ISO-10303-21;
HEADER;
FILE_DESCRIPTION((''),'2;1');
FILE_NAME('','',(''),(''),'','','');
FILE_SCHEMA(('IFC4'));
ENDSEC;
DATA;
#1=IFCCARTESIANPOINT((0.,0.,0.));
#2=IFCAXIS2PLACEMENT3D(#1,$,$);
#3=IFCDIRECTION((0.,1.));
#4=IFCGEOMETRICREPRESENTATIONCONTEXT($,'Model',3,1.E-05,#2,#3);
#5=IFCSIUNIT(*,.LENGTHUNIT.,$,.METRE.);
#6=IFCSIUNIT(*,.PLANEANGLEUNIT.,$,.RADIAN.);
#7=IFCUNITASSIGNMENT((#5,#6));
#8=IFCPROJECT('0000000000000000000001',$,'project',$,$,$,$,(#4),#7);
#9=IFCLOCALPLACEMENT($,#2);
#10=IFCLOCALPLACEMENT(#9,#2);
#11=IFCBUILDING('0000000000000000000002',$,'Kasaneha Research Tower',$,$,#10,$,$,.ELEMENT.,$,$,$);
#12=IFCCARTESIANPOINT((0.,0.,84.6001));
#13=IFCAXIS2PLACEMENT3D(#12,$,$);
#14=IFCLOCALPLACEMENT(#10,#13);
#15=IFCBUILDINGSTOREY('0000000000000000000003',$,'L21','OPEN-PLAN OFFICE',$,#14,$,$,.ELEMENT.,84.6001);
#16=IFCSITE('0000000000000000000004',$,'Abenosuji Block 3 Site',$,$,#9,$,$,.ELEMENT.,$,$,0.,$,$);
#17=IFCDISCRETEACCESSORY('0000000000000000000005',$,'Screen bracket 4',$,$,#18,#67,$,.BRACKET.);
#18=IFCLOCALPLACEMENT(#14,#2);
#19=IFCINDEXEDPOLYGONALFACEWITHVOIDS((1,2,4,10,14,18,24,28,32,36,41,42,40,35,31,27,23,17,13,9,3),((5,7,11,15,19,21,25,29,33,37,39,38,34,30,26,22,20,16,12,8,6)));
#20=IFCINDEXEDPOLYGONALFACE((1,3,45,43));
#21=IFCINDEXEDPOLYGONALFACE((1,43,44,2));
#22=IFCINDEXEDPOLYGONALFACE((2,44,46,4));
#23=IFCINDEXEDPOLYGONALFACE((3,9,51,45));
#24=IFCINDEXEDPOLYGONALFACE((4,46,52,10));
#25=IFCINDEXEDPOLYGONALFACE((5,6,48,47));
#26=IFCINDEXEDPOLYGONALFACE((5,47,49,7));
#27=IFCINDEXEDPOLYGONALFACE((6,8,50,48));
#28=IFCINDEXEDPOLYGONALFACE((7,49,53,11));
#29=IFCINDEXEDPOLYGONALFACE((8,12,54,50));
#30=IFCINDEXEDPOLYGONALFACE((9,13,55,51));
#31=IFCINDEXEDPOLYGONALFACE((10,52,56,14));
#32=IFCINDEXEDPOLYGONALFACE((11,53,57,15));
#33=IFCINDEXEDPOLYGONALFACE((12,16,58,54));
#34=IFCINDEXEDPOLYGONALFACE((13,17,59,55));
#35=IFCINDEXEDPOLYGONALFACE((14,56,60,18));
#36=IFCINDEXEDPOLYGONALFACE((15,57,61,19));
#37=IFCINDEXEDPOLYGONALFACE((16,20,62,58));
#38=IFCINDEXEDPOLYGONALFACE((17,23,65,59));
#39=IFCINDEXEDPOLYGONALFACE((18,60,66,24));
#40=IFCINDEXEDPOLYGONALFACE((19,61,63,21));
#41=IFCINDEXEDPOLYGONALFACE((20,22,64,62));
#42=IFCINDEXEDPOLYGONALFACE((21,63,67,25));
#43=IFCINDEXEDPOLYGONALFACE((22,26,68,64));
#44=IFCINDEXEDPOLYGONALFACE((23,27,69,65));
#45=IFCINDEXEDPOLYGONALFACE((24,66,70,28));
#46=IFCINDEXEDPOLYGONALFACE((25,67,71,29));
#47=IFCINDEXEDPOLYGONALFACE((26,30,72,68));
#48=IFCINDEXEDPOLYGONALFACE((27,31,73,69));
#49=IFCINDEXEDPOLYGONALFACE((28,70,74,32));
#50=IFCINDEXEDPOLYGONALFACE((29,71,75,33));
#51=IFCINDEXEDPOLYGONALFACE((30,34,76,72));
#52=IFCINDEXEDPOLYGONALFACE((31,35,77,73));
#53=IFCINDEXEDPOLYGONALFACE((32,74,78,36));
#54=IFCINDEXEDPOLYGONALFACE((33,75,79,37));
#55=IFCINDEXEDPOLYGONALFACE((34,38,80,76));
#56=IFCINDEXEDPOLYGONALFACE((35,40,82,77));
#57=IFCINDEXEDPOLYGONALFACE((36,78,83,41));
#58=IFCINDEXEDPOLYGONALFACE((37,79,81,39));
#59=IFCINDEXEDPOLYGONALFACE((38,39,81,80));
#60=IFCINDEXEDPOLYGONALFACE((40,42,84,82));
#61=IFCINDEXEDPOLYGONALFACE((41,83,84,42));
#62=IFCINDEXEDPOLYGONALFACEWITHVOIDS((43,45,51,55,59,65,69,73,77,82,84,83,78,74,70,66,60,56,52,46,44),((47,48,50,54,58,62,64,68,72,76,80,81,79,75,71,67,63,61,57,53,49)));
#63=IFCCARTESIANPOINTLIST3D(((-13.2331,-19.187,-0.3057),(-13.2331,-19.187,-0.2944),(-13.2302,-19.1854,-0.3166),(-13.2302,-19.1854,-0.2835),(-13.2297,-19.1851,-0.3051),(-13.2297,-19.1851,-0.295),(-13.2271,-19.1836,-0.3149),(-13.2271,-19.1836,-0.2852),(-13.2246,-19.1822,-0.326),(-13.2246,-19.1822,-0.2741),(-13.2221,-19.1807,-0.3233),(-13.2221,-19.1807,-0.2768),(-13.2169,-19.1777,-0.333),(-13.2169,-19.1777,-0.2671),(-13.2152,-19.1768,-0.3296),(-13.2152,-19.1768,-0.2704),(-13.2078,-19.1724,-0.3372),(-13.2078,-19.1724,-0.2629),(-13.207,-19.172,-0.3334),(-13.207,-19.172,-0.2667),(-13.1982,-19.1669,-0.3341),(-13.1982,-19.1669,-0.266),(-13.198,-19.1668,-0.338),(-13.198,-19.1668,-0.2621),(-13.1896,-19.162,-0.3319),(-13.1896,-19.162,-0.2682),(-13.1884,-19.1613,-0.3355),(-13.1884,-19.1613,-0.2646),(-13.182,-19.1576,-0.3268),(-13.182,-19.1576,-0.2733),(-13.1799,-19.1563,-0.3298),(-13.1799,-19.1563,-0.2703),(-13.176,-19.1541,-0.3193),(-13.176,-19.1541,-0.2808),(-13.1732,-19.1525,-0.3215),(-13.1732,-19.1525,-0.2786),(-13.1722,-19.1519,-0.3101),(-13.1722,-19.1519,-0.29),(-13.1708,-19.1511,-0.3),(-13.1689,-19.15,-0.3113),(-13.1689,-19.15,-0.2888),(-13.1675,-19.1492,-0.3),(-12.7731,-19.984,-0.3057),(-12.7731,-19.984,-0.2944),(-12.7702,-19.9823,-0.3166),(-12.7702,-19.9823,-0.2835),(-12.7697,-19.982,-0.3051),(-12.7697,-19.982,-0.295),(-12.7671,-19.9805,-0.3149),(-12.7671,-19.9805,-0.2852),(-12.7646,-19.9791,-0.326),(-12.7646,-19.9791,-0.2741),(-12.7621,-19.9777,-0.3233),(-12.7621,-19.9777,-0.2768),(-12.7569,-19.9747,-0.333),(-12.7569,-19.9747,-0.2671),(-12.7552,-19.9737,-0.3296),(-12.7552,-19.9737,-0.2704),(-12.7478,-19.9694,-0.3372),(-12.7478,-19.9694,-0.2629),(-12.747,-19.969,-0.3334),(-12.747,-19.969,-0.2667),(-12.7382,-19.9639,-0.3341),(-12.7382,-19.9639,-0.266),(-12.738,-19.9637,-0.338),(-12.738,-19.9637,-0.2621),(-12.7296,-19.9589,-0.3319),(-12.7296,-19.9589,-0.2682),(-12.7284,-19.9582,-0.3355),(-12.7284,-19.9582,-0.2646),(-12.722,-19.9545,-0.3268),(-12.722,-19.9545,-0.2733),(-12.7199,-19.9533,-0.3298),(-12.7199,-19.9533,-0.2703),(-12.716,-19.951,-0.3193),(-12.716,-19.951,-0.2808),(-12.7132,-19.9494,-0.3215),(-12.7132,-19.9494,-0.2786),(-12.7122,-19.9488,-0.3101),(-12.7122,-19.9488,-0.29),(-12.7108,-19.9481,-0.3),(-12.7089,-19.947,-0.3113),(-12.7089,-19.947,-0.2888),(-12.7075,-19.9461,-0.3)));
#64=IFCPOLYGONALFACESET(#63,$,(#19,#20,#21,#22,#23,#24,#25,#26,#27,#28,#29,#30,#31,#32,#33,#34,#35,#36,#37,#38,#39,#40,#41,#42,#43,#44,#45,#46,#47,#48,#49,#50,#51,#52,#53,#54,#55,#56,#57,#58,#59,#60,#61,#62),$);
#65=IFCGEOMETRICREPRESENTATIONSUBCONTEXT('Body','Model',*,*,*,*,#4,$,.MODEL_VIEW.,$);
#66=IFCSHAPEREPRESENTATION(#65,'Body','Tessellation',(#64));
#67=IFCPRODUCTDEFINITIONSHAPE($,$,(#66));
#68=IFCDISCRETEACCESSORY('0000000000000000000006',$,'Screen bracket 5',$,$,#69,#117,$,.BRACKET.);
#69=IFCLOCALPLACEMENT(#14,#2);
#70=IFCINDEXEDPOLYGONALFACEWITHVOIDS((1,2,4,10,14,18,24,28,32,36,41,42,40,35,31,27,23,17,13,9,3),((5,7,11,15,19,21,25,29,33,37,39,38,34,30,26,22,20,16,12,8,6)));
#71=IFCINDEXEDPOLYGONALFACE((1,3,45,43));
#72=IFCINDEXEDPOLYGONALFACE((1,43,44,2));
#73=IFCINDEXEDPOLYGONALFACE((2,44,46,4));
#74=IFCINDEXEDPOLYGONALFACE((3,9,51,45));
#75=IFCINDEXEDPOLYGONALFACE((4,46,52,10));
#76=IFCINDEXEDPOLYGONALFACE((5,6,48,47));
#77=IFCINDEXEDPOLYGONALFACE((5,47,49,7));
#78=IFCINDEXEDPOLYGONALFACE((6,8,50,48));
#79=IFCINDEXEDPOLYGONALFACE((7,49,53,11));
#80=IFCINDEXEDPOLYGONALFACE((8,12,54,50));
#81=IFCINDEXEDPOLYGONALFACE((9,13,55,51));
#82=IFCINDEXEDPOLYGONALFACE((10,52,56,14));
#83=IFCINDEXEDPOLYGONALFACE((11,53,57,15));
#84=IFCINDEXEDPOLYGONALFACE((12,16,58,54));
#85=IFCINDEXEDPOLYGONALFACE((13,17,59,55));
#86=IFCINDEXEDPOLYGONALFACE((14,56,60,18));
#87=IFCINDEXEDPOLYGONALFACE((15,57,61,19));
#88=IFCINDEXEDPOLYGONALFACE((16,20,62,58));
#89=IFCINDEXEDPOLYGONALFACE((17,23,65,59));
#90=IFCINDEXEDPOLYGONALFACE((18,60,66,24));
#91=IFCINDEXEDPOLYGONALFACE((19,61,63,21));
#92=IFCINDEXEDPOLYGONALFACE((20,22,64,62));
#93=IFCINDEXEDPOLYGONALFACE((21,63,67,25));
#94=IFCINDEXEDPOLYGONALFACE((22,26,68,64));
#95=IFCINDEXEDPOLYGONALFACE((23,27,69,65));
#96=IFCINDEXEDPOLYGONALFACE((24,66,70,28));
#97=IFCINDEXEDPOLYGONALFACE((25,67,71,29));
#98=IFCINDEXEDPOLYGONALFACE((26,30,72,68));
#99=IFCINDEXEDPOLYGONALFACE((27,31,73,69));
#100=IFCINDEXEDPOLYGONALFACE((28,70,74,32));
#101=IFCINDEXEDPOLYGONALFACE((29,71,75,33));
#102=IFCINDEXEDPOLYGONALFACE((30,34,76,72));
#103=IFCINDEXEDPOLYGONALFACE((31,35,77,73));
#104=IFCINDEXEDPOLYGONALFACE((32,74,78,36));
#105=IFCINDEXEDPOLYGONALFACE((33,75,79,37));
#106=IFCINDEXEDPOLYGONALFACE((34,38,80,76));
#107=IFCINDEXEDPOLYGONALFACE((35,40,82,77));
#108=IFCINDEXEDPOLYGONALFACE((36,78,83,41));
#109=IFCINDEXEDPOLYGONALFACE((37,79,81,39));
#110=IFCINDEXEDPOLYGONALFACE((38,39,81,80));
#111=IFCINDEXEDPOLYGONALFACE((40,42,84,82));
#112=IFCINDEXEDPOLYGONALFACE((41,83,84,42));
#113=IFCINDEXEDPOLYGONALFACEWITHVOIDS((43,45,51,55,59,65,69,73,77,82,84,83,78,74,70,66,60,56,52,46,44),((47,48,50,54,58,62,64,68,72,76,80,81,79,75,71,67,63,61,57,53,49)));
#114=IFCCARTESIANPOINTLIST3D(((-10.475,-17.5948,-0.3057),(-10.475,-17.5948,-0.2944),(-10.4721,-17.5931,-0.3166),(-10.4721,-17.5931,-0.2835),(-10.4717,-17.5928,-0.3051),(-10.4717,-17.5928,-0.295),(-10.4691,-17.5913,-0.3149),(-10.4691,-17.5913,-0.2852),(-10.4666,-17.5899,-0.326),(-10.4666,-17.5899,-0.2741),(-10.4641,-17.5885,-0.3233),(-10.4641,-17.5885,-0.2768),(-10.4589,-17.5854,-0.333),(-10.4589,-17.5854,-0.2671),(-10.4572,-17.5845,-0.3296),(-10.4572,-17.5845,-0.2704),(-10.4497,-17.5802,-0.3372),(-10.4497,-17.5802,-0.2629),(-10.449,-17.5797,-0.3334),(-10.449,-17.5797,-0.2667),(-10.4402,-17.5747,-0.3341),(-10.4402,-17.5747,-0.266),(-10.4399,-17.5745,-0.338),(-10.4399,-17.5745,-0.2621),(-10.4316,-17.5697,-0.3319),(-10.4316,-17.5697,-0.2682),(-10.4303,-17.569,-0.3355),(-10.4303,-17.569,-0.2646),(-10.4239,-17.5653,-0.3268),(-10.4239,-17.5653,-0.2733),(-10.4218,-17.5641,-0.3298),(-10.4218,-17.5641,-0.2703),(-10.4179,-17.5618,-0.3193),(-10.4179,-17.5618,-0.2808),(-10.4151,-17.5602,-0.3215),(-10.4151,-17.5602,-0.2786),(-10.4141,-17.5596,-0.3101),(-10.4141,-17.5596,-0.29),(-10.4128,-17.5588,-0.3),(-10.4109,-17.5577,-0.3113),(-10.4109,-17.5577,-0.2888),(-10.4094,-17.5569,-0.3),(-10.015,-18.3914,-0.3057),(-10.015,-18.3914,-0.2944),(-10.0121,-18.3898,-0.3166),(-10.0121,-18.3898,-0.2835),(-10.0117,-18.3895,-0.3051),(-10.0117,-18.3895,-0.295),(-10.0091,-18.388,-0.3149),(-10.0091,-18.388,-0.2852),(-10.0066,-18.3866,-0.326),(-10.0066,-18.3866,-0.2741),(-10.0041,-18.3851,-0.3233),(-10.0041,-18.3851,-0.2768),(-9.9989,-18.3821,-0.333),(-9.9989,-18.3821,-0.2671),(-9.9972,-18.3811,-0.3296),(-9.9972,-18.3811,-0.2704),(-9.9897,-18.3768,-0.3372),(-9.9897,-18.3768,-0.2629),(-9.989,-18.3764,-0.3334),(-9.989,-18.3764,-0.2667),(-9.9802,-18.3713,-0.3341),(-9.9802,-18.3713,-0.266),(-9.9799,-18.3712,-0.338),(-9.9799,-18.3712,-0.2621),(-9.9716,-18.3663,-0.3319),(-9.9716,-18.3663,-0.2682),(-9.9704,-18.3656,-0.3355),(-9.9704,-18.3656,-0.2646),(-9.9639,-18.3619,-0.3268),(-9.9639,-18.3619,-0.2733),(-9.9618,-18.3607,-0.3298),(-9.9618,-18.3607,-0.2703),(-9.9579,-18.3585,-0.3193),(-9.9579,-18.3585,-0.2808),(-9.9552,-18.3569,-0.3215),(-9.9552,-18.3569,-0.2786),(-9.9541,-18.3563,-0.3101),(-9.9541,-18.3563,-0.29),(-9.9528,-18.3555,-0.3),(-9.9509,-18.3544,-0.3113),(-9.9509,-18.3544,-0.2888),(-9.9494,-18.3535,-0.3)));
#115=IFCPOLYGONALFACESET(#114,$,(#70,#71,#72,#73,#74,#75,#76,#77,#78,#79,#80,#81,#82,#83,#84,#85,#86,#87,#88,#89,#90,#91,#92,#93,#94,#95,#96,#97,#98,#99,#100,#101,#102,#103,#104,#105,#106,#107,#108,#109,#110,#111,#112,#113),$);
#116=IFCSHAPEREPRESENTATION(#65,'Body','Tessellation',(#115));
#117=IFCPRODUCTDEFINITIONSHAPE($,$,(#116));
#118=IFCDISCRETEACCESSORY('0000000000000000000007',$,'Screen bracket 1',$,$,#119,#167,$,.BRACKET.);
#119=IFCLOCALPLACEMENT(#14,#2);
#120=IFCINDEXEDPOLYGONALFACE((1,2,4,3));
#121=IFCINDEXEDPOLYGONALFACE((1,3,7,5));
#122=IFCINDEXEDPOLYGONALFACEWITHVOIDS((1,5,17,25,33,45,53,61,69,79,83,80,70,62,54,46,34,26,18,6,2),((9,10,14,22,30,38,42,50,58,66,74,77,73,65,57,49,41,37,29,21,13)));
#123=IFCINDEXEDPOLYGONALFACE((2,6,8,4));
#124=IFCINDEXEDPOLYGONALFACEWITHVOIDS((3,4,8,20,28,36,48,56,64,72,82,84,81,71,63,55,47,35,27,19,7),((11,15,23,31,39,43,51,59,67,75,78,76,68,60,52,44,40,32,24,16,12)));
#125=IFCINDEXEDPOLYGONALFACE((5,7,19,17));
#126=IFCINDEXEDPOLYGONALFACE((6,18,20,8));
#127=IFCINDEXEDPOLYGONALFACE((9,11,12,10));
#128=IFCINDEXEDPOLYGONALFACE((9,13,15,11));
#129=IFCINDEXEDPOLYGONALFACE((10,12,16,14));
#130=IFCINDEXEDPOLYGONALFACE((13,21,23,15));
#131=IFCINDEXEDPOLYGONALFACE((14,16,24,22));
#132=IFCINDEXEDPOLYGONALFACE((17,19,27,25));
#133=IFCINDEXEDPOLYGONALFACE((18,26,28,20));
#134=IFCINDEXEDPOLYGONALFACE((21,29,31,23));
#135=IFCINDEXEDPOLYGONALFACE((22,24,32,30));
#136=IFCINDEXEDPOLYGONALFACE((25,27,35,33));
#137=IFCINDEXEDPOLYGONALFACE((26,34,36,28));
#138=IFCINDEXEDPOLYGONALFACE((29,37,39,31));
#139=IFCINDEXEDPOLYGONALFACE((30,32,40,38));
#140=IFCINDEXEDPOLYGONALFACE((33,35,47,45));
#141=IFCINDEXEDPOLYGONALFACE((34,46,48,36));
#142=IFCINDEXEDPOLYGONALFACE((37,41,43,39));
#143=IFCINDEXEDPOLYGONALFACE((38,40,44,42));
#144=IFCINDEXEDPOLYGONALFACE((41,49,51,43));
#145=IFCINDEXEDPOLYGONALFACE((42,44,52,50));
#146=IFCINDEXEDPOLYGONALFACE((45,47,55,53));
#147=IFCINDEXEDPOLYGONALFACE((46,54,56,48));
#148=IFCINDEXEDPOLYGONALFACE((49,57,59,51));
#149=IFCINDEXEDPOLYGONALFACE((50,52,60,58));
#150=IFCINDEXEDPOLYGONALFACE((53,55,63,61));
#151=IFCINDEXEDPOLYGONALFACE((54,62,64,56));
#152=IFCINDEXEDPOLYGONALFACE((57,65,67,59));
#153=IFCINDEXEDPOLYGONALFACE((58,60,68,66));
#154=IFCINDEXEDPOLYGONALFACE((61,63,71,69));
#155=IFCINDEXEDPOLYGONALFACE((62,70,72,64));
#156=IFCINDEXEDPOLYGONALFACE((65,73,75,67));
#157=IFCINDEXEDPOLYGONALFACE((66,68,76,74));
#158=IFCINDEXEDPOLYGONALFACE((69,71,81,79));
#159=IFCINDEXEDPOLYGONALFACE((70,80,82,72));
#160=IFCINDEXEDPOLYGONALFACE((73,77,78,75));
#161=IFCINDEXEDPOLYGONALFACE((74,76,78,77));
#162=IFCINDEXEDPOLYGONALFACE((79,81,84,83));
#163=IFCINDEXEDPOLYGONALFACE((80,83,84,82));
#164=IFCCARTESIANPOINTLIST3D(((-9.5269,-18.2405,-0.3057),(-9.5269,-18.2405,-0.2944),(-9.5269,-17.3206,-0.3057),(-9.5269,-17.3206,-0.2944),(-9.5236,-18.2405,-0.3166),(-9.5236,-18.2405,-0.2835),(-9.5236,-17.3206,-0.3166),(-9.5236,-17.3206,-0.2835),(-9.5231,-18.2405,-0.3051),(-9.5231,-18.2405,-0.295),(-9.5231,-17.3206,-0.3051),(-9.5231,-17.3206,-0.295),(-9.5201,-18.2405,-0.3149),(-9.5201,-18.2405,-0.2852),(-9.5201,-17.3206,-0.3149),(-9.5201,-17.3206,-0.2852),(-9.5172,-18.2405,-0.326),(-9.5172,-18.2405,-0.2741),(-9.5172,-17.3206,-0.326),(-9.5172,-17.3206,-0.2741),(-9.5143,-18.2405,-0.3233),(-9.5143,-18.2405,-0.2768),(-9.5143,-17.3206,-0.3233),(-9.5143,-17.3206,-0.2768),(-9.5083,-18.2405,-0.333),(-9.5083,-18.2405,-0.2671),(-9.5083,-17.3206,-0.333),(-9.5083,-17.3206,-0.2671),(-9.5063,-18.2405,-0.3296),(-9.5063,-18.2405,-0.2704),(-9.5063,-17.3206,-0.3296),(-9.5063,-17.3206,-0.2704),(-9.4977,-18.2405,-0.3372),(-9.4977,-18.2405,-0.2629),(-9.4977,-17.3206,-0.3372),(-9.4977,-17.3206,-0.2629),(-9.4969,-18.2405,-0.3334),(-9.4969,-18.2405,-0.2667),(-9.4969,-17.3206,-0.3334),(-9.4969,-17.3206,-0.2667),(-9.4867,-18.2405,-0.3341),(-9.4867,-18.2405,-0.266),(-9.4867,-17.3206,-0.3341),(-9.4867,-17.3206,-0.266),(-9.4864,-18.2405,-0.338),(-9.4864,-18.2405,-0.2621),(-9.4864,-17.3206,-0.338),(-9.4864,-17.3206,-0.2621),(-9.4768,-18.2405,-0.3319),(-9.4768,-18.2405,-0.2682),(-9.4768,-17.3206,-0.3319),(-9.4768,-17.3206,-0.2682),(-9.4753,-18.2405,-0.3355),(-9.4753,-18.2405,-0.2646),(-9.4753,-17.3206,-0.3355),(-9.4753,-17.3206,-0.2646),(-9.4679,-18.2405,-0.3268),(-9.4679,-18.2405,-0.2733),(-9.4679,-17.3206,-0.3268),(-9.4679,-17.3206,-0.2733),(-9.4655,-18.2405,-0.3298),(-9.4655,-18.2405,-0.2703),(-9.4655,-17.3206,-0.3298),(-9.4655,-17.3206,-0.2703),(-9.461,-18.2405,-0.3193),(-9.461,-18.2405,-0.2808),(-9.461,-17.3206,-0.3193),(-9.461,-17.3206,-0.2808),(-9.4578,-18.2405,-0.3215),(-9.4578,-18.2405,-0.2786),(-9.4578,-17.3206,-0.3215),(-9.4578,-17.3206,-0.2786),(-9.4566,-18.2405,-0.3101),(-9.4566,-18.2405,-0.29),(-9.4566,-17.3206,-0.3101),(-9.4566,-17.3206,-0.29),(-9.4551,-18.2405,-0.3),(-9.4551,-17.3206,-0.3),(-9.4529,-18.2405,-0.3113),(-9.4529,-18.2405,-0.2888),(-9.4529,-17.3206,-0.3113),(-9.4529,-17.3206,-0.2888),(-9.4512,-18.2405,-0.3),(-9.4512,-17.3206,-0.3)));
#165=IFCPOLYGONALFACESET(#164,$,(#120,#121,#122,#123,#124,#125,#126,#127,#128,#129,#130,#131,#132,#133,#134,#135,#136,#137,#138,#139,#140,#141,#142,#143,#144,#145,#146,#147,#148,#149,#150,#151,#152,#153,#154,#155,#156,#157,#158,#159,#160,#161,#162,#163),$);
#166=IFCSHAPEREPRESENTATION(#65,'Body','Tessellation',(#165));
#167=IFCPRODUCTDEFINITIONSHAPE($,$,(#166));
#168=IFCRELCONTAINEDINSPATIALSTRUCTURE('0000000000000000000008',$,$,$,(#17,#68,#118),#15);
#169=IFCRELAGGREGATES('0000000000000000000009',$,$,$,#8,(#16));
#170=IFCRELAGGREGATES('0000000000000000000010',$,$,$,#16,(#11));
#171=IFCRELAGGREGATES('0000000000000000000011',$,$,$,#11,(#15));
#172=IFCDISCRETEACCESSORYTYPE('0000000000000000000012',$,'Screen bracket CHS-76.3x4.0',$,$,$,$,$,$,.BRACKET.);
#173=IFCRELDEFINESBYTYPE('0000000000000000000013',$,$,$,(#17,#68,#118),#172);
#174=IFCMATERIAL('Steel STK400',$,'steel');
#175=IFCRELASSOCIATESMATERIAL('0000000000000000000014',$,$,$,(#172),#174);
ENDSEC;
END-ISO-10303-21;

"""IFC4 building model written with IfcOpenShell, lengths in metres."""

from ifc_helpers import new_model, si_unit, direction, frame, origin, origin_2d, place, context, subcontext, project, spatial, hollow_circle, extrude, material, material_profile, profile_set, type_object, element, save


model = new_model("IFC4")

# Units and contexts
model_context = context("Model", 3, precision=1e-05, world=origin(), true_north=direction((0.0, 1.0)))
body_context = subcontext(model_context, "Body", "Model", "MODEL_VIEW")
ifc_project = project(units=[si_unit("LENGTHUNIT", "METRE"), si_unit("PLANEANGLEUNIT", "RADIAN")], contexts=[model_context])

# Site, building, storey
site_placement = place(None, origin())
site = spatial("IfcSite", under=ifc_project, at=site_placement, Name="Abenosuji Block 3 Site", CompositionType="ELEMENT", RefElevation=0.0)
building_placement = place(site_placement, origin())
building = spatial("IfcBuilding", under=site, at=building_placement, Name="Kasaneha Research Tower", CompositionType="ELEMENT")
storey_placement = place(building_placement, frame((0.0, 0.0, 84.6001)))
storey = spatial("IfcBuildingStorey", under=building, at=storey_placement, Name="L21", Description="OPEN-PLAN OFFICE", CompositionType="ELEMENT", Elevation=84.6001)

# Discrete accessories
ifc_material_1 = material(Name="Steel STK400", Category="steel")
ifc_material_profile_1 = material_profile(ifc_material_1, hollow_circle(Radius=0.0381, WallThickness=0.0039, at=origin_2d()), Name="CHS-76.3x4.0")
ifc_profile_set_1 = profile_set([ifc_material_profile_1], Name="Steel STK400")
discrete_accessory_type = type_object("IfcDiscreteAccessoryType", Name="Screen bracket CHS-76.3x4.0", PredefinedType="BRACKET", material=ifc_profile_set_1)
discrete_accessory_1_placement = place(storey_placement, frame((-13.2004, -19.1682, -0.3), z_axis=(0.499906, -0.86608, 0.0), x_axis=(0.86608, 0.499906, 0.0)))
element("IfcDiscreteAccessory", 1, at=discrete_accessory_1_placement, inside=storey, type_object=discrete_accessory_type, Name="Screen bracket 4", PredefinedType="BRACKET", context=body_context, shape_type="SweptSolid", body=[
    extrude(hollow_circle(Radius=0.0381, WallThickness=0.0039, at=origin_2d()), origin(), (0.0, 0.0, 1.0), 0.9202),
])
for number, where, z_axis, x_axis, name in (
    (2, (-10.4424, -17.5759, -0.3), (0.500021, -0.866013, 0.0), (0.866013, 0.500021, 0.0), "Screen bracket 5"),
    (3, (-9.4893, -17.3206, -0.3), (0.0, -1.0, 0.0), (1.0, 0.0, 0.0), "Screen bracket 1"),
):
    element("IfcDiscreteAccessory", number, at=place(storey_placement, frame(where, z_axis=z_axis, x_axis=x_axis)), inside=storey, type_object=discrete_accessory_type, Name=name, PredefinedType="BRACKET", context=body_context, shape_type="SweptSolid", body=[
        extrude(hollow_circle(Radius=0.0381, WallThickness=0.0039, at=origin_2d()), origin(), (0.0, 0.0, 1.0), 0.9199),
    ])

save(model, "model.ifc")
